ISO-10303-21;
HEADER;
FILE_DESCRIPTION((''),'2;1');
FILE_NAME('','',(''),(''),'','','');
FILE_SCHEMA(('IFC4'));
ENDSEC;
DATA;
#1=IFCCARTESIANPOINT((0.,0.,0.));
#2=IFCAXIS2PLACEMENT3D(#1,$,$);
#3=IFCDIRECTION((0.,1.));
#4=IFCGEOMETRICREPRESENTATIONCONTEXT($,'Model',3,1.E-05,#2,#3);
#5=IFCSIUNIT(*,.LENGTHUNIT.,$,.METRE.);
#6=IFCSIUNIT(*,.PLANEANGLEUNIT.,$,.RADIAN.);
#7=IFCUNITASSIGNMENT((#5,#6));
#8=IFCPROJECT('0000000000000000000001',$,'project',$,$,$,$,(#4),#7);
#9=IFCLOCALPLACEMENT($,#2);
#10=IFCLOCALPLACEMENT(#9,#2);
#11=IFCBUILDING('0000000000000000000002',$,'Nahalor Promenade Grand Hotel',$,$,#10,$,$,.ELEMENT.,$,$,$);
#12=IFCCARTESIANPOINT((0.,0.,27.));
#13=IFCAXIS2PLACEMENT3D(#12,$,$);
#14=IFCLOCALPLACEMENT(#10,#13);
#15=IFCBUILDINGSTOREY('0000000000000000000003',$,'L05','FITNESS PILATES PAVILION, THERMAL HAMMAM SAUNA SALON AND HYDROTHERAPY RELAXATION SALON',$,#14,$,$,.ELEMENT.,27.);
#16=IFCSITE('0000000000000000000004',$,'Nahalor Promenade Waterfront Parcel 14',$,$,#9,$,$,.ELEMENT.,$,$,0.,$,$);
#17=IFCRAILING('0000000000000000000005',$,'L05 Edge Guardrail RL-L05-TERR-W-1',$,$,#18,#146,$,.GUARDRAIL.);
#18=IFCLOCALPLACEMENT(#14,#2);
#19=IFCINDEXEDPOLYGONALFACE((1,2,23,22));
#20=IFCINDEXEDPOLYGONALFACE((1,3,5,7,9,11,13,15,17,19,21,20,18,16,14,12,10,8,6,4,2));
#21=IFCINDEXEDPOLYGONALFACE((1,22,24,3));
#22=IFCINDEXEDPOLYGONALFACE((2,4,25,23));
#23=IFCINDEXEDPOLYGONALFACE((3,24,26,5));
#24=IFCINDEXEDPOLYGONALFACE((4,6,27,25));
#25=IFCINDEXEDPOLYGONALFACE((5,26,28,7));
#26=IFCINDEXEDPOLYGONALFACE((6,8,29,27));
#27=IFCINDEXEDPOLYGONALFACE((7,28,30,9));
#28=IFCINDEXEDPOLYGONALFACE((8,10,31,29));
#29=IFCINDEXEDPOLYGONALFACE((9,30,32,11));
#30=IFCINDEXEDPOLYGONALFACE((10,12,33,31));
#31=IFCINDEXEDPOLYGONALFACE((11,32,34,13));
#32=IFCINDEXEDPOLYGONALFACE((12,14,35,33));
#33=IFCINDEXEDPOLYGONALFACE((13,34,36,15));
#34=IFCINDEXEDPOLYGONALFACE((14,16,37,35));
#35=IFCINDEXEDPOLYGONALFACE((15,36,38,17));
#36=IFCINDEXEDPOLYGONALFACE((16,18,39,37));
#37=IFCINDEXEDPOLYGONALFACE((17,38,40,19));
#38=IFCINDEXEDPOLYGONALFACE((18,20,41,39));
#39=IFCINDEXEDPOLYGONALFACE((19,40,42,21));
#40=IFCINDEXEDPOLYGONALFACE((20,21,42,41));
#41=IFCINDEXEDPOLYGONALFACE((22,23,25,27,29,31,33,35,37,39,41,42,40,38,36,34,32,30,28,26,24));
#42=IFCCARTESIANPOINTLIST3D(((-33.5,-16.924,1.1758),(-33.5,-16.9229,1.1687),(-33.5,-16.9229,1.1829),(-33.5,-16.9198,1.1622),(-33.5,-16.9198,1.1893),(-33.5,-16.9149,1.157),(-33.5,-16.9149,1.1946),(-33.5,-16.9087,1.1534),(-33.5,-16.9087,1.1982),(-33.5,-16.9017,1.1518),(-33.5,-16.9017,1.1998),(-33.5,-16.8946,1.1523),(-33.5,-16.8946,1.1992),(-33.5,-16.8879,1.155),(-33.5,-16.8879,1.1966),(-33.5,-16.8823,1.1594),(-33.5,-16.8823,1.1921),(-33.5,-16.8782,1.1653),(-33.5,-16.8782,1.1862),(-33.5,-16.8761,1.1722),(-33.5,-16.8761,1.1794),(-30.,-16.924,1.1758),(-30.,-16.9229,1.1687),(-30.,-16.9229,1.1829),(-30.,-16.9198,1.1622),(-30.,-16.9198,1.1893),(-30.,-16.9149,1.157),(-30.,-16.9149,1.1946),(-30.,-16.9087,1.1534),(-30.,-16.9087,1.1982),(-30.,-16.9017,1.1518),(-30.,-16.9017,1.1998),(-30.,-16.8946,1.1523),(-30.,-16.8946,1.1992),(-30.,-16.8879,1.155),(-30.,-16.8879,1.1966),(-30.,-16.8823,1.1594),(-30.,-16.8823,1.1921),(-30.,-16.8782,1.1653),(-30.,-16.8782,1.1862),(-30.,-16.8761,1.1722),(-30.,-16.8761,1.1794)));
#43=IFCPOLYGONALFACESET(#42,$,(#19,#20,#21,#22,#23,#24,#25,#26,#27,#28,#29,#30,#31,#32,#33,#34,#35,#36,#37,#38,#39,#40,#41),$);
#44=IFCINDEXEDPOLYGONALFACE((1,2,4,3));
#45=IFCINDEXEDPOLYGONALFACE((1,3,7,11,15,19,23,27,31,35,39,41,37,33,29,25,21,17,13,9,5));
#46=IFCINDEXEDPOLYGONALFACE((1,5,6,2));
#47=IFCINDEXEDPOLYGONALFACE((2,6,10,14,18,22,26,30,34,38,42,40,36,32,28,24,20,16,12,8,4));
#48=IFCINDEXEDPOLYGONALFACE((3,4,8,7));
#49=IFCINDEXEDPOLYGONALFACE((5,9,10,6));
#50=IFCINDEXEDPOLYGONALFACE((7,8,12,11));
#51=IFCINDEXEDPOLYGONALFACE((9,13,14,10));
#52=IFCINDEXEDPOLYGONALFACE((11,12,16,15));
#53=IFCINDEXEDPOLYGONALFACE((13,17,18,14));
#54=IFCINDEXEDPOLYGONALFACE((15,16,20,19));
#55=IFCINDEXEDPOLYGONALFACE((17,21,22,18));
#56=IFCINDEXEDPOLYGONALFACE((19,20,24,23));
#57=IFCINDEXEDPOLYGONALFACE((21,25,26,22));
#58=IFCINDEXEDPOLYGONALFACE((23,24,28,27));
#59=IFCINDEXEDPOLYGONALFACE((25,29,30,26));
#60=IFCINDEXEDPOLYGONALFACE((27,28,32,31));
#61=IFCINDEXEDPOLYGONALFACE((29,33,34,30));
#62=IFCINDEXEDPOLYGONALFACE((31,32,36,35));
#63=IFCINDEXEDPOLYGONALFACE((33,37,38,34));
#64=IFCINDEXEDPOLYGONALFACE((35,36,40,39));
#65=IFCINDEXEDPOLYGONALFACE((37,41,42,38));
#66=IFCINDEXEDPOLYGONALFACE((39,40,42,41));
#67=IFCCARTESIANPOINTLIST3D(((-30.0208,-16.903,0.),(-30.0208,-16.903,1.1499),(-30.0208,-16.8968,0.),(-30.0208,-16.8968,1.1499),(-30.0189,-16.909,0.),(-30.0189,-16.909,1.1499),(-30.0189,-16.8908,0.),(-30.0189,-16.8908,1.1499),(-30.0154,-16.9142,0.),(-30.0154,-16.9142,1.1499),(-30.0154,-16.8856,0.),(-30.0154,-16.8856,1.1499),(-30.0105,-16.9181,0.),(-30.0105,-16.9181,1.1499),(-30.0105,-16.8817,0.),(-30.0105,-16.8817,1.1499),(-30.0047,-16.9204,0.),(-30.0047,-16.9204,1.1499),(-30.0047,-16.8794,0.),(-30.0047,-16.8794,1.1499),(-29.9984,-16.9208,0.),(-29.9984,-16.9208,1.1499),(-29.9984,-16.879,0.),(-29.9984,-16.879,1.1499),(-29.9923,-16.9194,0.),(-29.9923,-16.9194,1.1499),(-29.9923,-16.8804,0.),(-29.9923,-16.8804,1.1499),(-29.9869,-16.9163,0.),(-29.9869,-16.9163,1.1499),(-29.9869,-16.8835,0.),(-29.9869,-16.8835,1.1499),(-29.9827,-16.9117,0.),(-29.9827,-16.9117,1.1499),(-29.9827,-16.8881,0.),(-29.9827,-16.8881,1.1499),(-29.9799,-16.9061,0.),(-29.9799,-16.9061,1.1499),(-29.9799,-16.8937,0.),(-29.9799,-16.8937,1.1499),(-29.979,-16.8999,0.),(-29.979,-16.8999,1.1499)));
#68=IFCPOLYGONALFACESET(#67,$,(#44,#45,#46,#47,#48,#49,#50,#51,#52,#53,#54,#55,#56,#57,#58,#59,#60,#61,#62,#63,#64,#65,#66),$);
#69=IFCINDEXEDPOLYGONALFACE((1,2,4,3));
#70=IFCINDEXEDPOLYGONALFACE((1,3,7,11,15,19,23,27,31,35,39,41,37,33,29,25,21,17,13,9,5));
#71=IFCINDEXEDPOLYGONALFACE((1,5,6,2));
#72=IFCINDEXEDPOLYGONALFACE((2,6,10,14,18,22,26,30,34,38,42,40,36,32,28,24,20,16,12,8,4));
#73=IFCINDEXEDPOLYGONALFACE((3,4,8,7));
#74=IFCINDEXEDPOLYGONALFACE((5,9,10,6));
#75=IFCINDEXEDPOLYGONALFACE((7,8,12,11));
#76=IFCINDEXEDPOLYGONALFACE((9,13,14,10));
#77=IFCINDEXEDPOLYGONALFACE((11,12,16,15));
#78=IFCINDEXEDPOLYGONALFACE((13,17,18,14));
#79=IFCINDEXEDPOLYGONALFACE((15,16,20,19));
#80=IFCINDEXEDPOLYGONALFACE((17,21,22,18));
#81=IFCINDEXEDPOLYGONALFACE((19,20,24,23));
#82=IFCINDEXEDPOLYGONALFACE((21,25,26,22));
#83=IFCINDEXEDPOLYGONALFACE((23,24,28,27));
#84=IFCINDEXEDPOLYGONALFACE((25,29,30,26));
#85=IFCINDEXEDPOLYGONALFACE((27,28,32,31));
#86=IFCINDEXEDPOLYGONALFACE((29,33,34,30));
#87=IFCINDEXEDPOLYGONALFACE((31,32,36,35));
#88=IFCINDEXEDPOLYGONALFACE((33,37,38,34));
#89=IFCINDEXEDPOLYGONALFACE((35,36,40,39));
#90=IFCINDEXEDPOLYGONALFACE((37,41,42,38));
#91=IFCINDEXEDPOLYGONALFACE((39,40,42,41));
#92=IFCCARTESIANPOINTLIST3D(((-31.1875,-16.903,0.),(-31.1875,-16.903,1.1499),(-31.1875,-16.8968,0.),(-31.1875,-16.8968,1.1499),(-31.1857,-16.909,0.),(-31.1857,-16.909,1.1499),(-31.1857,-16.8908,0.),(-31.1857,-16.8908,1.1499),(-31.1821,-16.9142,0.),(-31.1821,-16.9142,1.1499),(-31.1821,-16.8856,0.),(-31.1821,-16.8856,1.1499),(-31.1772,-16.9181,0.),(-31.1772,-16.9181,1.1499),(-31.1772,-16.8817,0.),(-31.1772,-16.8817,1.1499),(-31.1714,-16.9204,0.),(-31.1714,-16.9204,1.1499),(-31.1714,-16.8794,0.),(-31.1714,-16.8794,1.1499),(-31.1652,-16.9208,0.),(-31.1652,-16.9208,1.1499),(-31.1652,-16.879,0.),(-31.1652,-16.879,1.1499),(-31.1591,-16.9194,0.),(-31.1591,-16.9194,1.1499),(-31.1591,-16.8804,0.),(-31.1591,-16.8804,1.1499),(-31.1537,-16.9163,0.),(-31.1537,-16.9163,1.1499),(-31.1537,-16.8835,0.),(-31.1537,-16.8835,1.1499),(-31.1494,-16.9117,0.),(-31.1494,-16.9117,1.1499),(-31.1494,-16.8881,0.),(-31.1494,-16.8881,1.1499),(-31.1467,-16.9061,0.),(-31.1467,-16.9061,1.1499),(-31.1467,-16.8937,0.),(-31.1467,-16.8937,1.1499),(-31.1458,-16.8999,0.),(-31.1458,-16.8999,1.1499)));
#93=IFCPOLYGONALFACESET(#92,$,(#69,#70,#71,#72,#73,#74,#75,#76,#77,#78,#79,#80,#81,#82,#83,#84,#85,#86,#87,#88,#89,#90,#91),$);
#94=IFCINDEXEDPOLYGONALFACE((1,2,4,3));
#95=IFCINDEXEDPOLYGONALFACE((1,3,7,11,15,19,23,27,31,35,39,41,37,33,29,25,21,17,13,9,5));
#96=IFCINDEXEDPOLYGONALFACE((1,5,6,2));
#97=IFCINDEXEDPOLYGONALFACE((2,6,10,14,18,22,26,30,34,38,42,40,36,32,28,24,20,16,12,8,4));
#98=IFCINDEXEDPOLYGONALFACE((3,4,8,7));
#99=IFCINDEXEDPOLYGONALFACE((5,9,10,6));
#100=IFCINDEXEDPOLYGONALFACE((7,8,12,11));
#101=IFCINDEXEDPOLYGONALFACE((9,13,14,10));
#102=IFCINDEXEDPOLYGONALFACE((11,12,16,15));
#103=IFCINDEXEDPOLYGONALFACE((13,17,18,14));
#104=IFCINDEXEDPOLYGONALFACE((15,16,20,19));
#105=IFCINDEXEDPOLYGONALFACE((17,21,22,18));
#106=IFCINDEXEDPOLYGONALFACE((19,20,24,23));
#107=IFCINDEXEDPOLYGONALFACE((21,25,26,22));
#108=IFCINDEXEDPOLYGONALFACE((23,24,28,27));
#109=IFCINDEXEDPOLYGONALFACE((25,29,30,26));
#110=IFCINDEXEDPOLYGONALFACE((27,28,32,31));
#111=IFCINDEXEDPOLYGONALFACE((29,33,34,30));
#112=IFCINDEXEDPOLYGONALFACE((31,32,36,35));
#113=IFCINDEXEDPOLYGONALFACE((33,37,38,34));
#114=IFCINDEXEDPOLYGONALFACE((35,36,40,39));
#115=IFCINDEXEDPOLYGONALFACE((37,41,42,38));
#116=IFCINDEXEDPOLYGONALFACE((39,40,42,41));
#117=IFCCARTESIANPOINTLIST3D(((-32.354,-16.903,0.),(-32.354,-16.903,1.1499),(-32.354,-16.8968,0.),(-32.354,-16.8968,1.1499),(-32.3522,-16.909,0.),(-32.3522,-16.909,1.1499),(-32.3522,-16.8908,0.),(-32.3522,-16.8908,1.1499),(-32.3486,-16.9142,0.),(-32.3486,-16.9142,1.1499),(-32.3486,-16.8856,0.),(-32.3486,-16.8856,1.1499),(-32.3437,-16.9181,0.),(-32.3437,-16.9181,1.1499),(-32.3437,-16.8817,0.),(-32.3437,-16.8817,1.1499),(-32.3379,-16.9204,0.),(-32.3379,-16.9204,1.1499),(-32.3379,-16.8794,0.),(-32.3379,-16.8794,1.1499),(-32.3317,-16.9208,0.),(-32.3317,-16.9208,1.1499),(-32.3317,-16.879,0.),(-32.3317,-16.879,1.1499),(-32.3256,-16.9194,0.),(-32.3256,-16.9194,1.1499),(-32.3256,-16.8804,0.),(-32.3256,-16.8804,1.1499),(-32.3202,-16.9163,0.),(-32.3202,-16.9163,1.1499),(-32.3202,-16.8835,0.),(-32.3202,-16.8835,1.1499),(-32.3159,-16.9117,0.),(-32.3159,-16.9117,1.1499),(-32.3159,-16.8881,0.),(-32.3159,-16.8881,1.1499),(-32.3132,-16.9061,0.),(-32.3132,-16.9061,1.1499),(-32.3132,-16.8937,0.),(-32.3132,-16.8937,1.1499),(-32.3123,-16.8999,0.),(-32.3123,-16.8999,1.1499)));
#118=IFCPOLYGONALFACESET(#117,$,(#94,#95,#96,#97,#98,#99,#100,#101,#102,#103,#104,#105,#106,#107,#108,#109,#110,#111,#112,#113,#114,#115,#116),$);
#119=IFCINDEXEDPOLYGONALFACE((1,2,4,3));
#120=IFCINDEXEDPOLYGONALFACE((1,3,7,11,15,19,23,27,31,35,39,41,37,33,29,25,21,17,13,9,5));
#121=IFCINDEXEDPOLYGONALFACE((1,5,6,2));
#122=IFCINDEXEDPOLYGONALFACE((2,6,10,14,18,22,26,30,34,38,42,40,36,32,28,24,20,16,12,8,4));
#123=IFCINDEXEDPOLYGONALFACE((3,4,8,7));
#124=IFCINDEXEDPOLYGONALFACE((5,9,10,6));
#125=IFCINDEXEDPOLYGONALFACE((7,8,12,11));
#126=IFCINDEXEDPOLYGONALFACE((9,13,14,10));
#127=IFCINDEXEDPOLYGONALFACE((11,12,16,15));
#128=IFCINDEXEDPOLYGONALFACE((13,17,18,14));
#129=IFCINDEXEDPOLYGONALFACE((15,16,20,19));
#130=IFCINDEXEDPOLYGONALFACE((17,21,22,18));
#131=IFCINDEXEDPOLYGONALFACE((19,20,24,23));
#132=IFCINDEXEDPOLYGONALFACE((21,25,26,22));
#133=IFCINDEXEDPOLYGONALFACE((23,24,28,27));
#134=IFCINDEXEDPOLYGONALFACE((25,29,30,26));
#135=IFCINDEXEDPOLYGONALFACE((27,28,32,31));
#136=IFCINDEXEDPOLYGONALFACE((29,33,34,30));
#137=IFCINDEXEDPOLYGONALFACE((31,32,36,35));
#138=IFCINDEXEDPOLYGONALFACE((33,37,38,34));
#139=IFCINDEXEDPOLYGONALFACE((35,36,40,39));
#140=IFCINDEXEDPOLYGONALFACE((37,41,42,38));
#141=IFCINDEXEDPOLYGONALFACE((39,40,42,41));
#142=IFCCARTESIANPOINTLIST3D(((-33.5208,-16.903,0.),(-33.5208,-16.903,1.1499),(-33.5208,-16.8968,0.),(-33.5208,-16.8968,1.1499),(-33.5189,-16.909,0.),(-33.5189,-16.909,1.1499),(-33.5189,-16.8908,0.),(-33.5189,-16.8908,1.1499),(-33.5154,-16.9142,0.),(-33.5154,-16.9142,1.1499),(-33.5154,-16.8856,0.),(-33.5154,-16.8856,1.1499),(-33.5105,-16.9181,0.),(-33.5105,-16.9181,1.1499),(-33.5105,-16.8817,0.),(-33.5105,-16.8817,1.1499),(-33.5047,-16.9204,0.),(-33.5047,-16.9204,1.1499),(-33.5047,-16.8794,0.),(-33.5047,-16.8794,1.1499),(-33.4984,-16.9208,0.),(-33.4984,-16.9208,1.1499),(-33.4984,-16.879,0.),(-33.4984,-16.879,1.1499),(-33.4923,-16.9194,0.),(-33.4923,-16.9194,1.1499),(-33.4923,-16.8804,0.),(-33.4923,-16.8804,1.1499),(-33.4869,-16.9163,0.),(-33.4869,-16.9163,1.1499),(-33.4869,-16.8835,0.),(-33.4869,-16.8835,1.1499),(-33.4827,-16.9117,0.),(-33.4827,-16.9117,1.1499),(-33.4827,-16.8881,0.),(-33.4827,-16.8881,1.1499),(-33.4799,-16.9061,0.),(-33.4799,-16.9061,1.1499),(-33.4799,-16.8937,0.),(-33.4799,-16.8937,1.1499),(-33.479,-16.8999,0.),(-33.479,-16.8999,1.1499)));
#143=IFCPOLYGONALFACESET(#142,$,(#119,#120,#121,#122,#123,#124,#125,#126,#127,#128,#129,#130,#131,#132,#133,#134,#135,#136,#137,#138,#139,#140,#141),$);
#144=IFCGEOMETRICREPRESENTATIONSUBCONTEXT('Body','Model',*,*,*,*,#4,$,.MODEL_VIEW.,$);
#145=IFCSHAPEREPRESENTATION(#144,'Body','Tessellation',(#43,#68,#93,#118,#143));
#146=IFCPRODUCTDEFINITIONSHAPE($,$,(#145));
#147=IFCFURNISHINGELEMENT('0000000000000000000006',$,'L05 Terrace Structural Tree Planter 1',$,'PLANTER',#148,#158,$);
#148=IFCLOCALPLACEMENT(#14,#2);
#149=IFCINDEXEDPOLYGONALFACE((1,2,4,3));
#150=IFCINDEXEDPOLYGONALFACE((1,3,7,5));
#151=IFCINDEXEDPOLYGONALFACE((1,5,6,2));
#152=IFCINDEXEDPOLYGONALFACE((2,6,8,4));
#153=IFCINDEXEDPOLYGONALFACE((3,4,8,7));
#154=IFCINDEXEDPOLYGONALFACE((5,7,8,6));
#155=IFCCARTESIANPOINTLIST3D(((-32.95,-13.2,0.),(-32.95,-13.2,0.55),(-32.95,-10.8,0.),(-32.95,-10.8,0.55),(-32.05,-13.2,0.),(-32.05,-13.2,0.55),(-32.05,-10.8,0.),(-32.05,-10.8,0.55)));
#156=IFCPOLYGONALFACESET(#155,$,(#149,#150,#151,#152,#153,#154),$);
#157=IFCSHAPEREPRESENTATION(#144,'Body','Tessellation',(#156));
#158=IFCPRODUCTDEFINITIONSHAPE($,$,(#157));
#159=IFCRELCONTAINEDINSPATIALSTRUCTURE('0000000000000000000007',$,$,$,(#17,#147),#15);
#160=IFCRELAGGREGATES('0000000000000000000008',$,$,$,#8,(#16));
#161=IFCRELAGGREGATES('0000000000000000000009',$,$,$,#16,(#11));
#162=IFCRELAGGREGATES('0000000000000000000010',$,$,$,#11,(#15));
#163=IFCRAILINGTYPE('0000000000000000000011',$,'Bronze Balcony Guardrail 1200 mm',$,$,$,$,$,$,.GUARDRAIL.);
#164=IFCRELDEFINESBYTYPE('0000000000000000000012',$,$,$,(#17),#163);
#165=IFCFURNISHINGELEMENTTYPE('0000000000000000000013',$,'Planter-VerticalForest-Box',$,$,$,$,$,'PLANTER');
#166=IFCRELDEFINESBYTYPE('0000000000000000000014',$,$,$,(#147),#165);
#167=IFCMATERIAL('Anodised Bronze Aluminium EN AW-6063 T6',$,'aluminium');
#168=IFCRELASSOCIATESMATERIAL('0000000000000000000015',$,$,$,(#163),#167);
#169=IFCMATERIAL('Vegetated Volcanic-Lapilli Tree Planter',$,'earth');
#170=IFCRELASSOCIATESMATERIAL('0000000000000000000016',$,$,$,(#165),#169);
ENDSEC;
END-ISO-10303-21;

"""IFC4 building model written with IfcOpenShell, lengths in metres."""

from ifc_helpers import new_model, si_unit, direction, frame, origin, origin_2d, place, context, subcontext, project, spatial, rectangle, circle, extrude, source, transform, mapped, material, type_object, element, save


model = new_model("IFC4")

# Units and contexts
model_context = context("Model", 3, precision=1e-05, world=origin(), true_north=direction((0.0, 1.0)))
body_context = subcontext(model_context, "Body", "Model", "MODEL_VIEW")
ifc_project = project(units=[si_unit("LENGTHUNIT", "METRE"), si_unit("PLANEANGLEUNIT", "RADIAN")], contexts=[model_context])

# Site, building, storey
site_placement = place(None, origin())
site = spatial("IfcSite", under=ifc_project, at=site_placement, Name="Nahalor Promenade Waterfront Parcel 14", CompositionType="ELEMENT", RefElevation=0.0)
building_placement = place(site_placement, origin())
building = spatial("IfcBuilding", under=site, at=building_placement, Name="Nahalor Promenade Grand Hotel", CompositionType="ELEMENT")
storey_placement = place(building_placement, frame((0.0, 0.0, 27.0)))
storey = spatial("IfcBuildingStorey", under=building, at=storey_placement, Name="L05", Description="FITNESS PILATES PAVILION, THERMAL HAMMAM SAUNA SALON AND HYDROTHERAPY RELAXATION SALON", CompositionType="ELEMENT", Elevation=27.0)

# Shared definitions
ifc_material_1 = material(Name="Anodised Bronze Aluminium EN AW-6063 T6", Category="aluminium")

# Railing
railing_type = type_object("IfcRailingType", Name="Bronze Balcony Guardrail 1200 mm", PredefinedType="GUARDRAIL", material=ifc_material_1)
railing_placement = place(storey_placement, frame((-30.0, -16.8999, 0.0)))
element("IfcRailing", 1, at=railing_placement, inside=storey, type_object=railing_type, Name="L05 Edge Guardrail RL-L05-TERR-W-1", PredefinedType="GUARDRAIL", context=body_context, shape_type="SweptSolid", body=[
    extrude(circle(Radius=0.024, at=origin_2d()), frame((0.0, 0.0, 1.1758), z_axis=(-1.0, 0.0, 0.0), x_axis=(0.0, -1.0, 0.0)), (0.0, 0.0, 1.0), 3.5),
    extrude(circle(Radius=0.021, at=origin_2d()), origin(), (0.0, 0.0, 1.0), 1.1499),
    extrude(circle(Radius=0.021, at=origin_2d()), frame((-1.1667, 0.0, 0.0)), (0.0, 0.0, 1.0), 1.1499),
    extrude(circle(Radius=0.021, at=origin_2d()), frame((-2.3333, 0.0, 0.0)), (0.0, 0.0, 1.0), 1.1499),
    extrude(circle(Radius=0.021, at=origin_2d()), frame((-3.5, 0.0, 0.0)), (0.0, 0.0, 1.0), 1.1499),
])

# Furnishing element
ifc_material_2 = material(Name="Vegetated Volcanic-Lapilli Tree Planter", Category="earth")
furnishing_element_type = type_object("IfcFurnishingElementType", Name="Planter-VerticalForest-Box", ElementType="PLANTER", material=ifc_material_2)
shared_shape_1 = source(origin(), body_context, "Body", "SweptSolid", [
    extrude(rectangle(XDim=0.8999, YDim=2.3999, at=origin_2d()), origin(), (0.0, 0.0, 1.0), 0.55),
])
furnishing_placement = place(storey_placement, frame((-32.5, -12.0, 0.0), z_axis=(0.0, 0.0, 1.0), x_axis=(1.0, 0.0, 0.0)))
element("IfcFurnishingElement", 2, at=furnishing_placement, inside=storey, type_object=furnishing_element_type, Name="L05 Terrace Structural Tree Planter 1", ObjectType="PLANTER", context=body_context, shape_type="MappedRepresentation", body=[
    mapped(shared_shape_1, transform((0.0, 0.0, 0.0), scale=1.0)),
])

save(model, "model.ifc")
